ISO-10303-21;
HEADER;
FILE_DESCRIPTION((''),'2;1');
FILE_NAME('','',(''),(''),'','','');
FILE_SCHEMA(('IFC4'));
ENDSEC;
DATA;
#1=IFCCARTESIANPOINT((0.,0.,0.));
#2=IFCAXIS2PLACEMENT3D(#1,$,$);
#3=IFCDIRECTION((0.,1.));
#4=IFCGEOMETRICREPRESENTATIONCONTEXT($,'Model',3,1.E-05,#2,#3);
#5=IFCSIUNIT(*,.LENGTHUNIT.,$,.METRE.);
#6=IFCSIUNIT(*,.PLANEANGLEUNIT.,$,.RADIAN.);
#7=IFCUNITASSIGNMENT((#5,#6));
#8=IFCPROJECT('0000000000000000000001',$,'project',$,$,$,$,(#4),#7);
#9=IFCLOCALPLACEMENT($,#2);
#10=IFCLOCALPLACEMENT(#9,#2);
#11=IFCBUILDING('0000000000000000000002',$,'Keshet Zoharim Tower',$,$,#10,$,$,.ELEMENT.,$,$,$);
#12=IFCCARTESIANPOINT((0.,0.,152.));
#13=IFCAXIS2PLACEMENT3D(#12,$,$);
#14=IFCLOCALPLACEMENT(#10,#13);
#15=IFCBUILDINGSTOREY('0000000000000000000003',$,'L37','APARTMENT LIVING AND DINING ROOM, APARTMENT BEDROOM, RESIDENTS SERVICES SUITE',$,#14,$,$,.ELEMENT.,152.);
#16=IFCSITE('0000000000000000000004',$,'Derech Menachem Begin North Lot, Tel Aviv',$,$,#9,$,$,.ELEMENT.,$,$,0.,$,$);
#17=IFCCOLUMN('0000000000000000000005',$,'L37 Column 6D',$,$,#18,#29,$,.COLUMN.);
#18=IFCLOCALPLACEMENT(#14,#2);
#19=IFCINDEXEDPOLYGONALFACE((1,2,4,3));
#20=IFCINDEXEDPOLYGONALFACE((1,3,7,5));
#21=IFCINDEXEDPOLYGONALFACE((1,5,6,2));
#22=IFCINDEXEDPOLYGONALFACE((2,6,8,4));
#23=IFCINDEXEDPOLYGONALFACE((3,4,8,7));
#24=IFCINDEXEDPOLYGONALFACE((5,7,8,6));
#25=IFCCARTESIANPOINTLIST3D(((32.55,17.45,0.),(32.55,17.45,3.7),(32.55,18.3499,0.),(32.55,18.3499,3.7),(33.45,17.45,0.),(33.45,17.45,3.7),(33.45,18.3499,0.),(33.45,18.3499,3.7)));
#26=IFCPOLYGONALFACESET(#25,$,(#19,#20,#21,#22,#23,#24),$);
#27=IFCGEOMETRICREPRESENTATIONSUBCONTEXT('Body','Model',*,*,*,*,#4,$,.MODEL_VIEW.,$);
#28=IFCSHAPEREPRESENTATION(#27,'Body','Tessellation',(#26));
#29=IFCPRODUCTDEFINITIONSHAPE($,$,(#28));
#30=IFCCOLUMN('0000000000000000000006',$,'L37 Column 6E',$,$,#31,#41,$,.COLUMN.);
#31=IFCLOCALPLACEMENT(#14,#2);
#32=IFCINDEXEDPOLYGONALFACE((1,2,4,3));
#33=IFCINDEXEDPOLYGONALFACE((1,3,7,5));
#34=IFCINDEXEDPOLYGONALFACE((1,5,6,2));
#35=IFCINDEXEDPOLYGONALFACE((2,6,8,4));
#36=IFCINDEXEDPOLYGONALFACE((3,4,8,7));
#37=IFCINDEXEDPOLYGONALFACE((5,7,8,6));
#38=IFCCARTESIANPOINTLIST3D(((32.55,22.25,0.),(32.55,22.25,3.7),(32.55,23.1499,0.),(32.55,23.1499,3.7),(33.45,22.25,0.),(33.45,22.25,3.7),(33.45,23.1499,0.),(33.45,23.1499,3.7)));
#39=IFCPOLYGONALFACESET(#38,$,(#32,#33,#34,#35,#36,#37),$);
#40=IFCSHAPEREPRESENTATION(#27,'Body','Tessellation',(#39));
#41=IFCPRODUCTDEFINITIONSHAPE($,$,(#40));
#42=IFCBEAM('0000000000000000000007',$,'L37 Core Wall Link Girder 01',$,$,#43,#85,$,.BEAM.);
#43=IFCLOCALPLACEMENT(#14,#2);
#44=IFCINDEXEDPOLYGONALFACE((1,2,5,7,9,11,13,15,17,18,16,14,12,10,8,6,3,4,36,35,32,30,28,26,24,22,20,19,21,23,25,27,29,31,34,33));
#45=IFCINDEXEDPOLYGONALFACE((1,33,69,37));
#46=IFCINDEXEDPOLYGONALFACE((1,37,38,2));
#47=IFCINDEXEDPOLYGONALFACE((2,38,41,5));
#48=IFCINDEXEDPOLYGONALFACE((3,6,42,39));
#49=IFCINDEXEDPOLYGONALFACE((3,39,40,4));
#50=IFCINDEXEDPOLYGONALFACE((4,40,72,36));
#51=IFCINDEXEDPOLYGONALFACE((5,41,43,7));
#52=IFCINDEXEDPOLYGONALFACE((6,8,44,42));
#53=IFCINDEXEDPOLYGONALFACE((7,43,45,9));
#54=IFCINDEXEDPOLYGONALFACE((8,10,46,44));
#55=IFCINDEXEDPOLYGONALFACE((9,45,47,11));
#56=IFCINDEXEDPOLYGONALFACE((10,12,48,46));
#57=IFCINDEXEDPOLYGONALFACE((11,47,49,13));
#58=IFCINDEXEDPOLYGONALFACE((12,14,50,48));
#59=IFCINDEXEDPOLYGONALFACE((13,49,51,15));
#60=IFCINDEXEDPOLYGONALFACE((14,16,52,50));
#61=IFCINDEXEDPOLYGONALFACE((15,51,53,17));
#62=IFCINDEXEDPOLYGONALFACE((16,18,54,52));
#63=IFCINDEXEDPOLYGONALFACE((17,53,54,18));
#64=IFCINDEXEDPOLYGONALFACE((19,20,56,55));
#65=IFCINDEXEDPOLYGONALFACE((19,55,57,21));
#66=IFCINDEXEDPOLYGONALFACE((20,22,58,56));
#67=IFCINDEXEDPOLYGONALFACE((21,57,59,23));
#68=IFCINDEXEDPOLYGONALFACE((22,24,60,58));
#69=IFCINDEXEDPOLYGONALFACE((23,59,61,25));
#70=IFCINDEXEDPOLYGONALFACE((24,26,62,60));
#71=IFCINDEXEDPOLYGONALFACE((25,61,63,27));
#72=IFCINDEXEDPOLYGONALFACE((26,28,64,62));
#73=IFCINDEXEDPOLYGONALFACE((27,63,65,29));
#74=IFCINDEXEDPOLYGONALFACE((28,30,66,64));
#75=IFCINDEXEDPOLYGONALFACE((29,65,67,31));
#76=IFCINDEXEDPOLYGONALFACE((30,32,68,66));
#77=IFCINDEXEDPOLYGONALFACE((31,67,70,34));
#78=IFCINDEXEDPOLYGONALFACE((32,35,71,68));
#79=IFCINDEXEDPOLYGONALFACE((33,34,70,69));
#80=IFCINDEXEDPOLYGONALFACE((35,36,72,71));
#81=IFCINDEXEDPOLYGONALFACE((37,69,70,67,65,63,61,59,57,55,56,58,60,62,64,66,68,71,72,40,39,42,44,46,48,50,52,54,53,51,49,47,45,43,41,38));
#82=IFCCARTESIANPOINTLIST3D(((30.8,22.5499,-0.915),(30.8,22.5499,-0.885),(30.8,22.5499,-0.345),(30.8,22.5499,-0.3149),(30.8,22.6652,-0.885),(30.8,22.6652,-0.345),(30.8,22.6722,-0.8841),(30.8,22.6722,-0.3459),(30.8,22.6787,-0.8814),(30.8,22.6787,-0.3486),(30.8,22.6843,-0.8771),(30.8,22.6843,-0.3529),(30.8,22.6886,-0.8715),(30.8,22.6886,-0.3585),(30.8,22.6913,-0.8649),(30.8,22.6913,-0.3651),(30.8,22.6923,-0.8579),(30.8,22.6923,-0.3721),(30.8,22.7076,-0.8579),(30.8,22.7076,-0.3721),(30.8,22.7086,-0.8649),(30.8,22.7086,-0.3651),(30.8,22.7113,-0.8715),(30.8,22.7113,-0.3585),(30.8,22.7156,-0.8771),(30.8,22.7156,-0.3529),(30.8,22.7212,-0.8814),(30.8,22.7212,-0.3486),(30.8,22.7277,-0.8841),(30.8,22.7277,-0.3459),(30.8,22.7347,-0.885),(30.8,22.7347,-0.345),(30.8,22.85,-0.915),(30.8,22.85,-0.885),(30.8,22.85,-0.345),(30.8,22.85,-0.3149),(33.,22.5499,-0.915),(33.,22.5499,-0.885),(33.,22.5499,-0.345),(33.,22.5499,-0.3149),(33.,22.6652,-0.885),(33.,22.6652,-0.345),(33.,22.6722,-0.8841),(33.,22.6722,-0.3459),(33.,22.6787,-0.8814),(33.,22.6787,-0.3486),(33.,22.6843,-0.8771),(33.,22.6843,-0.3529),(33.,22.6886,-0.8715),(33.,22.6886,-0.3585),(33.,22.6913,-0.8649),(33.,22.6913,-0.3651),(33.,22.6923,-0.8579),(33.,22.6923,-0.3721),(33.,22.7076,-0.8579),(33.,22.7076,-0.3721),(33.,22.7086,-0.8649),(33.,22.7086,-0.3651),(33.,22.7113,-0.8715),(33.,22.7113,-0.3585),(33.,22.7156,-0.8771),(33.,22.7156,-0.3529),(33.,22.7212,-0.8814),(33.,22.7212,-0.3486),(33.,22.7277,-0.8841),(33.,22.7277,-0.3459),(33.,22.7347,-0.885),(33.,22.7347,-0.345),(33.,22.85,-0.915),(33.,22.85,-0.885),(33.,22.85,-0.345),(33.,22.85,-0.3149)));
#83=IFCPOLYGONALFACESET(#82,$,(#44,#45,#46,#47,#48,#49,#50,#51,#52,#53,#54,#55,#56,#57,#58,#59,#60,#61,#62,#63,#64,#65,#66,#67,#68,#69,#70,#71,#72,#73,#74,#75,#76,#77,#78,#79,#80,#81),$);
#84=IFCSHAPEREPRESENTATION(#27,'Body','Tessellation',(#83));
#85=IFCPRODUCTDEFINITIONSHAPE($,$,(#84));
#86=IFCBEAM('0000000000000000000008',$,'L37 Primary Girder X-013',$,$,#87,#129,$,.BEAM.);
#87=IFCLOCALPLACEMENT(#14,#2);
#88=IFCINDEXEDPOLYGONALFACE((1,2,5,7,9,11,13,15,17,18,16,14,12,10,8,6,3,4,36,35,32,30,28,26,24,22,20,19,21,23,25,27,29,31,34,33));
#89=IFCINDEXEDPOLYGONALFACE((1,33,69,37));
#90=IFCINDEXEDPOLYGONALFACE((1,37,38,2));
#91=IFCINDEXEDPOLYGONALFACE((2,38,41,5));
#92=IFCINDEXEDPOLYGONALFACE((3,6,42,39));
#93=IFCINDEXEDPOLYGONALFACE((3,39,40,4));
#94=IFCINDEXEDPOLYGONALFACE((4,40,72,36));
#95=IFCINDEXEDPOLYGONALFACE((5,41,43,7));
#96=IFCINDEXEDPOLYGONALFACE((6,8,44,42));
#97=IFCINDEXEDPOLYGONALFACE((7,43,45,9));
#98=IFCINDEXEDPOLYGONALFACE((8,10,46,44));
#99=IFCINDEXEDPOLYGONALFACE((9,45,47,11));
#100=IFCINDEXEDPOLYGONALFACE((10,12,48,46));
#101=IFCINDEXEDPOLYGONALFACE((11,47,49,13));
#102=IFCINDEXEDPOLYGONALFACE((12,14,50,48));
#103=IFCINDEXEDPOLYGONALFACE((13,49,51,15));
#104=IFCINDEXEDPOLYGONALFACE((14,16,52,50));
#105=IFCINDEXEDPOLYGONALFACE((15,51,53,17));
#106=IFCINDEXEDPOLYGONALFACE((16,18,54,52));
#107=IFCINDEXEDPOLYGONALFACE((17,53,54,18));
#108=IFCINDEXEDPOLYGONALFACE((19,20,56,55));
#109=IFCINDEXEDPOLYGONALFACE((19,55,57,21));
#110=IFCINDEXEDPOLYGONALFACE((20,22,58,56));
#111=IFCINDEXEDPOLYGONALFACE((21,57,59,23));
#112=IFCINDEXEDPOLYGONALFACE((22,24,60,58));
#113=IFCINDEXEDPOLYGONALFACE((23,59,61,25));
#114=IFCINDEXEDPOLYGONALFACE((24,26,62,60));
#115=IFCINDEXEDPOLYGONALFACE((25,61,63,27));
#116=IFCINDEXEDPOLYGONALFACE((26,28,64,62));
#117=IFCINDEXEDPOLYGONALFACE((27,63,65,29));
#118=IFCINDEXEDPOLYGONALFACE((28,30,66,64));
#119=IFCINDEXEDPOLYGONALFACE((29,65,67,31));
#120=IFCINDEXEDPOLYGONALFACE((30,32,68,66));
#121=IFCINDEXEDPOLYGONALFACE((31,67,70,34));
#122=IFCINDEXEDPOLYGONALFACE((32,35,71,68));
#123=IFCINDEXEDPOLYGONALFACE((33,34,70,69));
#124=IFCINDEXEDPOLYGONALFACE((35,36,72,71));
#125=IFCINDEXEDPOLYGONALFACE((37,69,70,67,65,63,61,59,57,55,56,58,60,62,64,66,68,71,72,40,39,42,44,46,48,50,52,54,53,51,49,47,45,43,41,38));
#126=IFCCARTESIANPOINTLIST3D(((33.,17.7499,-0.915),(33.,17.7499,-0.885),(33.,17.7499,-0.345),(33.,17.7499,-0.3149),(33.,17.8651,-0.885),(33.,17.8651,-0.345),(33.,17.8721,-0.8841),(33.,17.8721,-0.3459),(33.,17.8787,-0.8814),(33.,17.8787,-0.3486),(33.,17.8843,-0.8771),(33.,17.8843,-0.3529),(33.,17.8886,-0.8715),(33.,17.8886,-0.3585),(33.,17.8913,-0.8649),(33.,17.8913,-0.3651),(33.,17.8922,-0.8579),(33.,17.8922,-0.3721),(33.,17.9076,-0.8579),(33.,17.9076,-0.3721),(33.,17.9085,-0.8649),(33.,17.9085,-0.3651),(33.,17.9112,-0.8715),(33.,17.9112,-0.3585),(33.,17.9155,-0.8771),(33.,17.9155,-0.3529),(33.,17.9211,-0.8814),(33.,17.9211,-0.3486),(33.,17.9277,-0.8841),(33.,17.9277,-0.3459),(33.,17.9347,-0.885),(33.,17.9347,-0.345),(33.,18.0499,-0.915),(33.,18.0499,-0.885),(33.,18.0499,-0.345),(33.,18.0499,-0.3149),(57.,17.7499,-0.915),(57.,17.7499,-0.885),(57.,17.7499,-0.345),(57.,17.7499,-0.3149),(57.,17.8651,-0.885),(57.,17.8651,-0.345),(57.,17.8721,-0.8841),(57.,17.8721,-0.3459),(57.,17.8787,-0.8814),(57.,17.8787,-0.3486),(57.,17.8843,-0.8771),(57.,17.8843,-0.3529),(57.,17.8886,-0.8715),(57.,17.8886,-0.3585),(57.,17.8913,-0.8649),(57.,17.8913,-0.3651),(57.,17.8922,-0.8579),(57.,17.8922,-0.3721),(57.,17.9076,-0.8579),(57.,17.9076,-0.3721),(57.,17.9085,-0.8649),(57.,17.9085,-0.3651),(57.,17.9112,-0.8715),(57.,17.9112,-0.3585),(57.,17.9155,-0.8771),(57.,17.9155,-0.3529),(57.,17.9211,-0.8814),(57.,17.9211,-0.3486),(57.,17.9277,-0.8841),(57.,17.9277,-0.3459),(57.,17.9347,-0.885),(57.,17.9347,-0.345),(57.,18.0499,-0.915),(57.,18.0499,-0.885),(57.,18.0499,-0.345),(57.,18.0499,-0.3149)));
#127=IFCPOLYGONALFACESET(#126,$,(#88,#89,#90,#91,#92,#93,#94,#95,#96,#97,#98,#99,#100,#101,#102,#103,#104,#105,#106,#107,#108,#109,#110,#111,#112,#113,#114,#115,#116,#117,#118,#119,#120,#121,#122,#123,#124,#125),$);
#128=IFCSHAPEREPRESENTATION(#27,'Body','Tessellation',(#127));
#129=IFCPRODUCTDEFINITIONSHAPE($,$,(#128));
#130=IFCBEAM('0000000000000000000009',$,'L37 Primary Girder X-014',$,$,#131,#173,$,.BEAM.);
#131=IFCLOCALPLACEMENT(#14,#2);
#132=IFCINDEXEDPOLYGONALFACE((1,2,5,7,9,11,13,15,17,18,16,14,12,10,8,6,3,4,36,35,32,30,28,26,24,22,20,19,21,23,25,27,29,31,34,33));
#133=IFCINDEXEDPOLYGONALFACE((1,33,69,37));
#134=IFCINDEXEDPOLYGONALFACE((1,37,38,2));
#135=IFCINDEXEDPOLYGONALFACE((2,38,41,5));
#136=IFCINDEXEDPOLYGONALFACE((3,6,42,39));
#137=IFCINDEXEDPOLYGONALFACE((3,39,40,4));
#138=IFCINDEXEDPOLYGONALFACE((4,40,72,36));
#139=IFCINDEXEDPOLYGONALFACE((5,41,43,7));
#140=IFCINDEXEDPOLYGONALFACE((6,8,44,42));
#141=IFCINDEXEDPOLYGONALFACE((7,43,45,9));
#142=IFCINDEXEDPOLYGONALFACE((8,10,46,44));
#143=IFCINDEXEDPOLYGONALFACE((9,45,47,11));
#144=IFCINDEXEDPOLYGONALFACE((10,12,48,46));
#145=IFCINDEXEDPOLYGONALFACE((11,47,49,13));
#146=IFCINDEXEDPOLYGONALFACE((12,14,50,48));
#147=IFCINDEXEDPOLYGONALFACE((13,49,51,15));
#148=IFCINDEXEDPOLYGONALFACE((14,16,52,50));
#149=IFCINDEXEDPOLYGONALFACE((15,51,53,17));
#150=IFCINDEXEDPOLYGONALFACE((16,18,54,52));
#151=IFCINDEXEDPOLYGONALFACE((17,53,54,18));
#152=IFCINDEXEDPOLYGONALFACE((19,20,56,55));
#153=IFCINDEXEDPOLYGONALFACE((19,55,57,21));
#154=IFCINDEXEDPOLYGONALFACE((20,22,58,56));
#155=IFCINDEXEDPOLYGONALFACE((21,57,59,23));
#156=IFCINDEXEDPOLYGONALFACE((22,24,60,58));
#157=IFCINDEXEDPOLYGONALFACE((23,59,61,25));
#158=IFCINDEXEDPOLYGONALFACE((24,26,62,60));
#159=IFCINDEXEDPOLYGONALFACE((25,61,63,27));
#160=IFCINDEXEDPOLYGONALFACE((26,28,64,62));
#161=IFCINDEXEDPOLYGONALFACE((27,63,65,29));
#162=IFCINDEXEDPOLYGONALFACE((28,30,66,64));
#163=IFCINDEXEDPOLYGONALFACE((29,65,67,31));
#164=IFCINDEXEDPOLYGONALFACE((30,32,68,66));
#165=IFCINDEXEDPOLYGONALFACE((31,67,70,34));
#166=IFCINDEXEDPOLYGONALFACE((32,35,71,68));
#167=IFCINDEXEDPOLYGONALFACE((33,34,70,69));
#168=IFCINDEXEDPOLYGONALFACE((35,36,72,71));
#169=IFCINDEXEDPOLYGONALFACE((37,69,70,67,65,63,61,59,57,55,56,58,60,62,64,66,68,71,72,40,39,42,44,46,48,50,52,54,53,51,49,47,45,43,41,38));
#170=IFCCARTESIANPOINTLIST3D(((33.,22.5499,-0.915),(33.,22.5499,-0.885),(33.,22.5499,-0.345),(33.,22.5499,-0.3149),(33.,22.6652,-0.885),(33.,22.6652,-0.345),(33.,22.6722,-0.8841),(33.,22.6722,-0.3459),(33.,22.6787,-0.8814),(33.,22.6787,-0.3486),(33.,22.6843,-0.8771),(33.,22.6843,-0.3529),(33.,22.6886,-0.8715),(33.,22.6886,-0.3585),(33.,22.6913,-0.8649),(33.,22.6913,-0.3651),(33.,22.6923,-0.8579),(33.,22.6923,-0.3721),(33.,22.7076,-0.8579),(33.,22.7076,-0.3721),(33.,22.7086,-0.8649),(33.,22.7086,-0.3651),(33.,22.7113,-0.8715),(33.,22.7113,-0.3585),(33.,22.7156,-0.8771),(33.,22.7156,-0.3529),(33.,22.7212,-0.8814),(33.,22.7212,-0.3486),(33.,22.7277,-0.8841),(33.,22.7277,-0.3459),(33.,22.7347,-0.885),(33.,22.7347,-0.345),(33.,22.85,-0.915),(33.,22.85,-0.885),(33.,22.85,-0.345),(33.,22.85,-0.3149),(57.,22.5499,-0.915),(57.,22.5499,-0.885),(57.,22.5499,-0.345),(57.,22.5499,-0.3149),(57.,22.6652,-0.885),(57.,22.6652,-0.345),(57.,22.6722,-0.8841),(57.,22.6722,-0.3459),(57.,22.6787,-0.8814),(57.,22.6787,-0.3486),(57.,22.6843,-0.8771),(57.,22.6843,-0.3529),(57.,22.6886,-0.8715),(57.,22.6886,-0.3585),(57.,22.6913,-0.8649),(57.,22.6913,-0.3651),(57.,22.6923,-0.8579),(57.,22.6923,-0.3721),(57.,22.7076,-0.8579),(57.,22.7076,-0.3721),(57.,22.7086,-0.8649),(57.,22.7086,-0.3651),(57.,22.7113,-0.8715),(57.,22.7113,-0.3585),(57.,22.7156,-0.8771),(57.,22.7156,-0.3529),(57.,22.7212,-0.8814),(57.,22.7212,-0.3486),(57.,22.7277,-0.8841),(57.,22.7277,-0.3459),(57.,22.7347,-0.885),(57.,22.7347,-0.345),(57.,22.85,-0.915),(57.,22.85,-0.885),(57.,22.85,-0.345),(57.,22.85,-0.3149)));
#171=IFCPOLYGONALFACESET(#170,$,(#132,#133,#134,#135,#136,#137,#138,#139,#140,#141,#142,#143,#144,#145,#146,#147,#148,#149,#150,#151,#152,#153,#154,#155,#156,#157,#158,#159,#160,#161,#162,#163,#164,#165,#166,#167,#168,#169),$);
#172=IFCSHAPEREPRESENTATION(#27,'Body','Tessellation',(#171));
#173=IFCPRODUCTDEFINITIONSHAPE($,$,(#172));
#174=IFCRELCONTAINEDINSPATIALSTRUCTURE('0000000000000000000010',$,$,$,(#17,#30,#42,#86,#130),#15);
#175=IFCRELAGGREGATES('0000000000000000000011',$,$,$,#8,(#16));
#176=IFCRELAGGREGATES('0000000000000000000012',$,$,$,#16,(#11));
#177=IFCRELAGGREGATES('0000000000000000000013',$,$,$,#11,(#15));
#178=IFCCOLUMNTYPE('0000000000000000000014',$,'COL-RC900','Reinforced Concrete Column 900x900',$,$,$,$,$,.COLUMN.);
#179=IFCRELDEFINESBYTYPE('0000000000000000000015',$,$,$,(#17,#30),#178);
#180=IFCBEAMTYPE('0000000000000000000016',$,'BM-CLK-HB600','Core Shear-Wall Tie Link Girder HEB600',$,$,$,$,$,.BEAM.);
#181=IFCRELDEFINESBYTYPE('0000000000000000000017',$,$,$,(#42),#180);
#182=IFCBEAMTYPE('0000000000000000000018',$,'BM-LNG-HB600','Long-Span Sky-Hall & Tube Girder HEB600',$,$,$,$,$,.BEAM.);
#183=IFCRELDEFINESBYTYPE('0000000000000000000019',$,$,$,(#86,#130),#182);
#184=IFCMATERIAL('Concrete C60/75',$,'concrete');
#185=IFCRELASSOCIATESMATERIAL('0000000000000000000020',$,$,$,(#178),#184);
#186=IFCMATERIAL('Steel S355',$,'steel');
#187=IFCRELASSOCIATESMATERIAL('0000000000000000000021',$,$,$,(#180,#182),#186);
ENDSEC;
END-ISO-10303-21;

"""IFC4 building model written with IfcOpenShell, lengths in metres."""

from ifc_helpers import new_model, si_unit, direction, frame, origin, origin_2d, place, context, subcontext, project, spatial, rectangle, i_section, extrude, material, material_profile, profile_set, type_object, element, save


model = new_model("IFC4")

# Units and contexts
model_context = context("Model", 3, precision=1e-05, world=origin(), true_north=direction((0.0, 1.0)))
body_context = subcontext(model_context, "Body", "Model", "MODEL_VIEW")
ifc_project = project(units=[si_unit("LENGTHUNIT", "METRE"), si_unit("PLANEANGLEUNIT", "RADIAN")], contexts=[model_context])

# Site, building, storey
site_placement = place(None, origin())
site = spatial("IfcSite", under=ifc_project, at=site_placement, Name="Derech Menachem Begin North Lot, Tel Aviv", CompositionType="ELEMENT", RefElevation=0.0)
building_placement = place(site_placement, origin())
building = spatial("IfcBuilding", under=site, at=building_placement, Name="Keshet Zoharim Tower", CompositionType="ELEMENT")
storey_placement = place(building_placement, frame((0.0, 0.0, 152.0)))
storey = spatial("IfcBuildingStorey", under=building, at=storey_placement, Name="L37", Description="APARTMENT LIVING AND DINING ROOM, APARTMENT BEDROOM, RESIDENTS SERVICES SUITE", CompositionType="ELEMENT", Elevation=152.0)

# Columns
ifc_material_1 = material(Name="Concrete C60/75", Category="concrete")
ifc_material_profile_1 = material_profile(ifc_material_1, rectangle(XDim=0.8999, YDim=0.8999, at=origin_2d()), Name="RC900x900")
ifc_profile_set_1 = profile_set([ifc_material_profile_1], Name="Concrete C60/75")
column_type = type_object("IfcColumnType", Name="COL-RC900", Description="Reinforced Concrete Column 900x900", PredefinedType="COLUMN", material=ifc_profile_set_1)
for number, where, z_axis, x_axis, name in (
    (1, (33.0, 17.8999, 0.0), (0.0, 0.0, 1.0), (1.0, 0.0, 0.0), "L37 Column 6D"),
    (2, (33.0, 22.7, 0.0), (0.0, 0.0, 1.0), (1.0, 0.0, 0.0), "L37 Column 6E"),
):
    element("IfcColumn", number, at=place(storey_placement, frame(where, z_axis=z_axis, x_axis=x_axis)), inside=storey, type_object=column_type, Name=name, PredefinedType="COLUMN", context=body_context, shape_type="SweptSolid", body=[
        extrude(rectangle(XDim=0.8999, YDim=0.8999, at=origin_2d()), origin(), (0.0, 0.0, 1.0), 3.7),
    ])

# Beams
ifc_material_2 = material(Name="Steel S355", Category="steel")
ifc_material_profile_2 = material_profile(ifc_material_2, i_section(OverallWidth=0.3, OverallDepth=0.6001, WebThickness=0.0154, FlangeThickness=0.03, FilletRadius=0.0271, at=origin_2d()), Name="HEB600")
ifc_profile_set_2 = profile_set([ifc_material_profile_2], Name="Steel S355")
beam_type_1 = type_object("IfcBeamType", Name="BM-CLK-HB600", Description="Core Shear-Wall Tie Link Girder HEB600", PredefinedType="BEAM", material=ifc_profile_set_2)
beam_1_placement = place(storey_placement, frame((30.8, 22.7, -0.615), z_axis=(1.0, 0.0, 0.0), x_axis=(0.0, 1.0, 0.0)))
element("IfcBeam", 3, at=beam_1_placement, inside=storey, type_object=beam_type_1, Name="L37 Core Wall Link Girder 01", PredefinedType="BEAM", context=body_context, shape_type="SweptSolid", body=[
    extrude(i_section(OverallWidth=0.3, OverallDepth=0.6001, WebThickness=0.0154, FlangeThickness=0.03, FilletRadius=0.0271, at=origin_2d()), origin(), (0.0, 0.0, 1.0), 2.2),
])
ifc_material_profile_3 = material_profile(ifc_material_2, i_section(OverallWidth=0.3, OverallDepth=0.6001, WebThickness=0.0154, FlangeThickness=0.03, FilletRadius=0.0271, at=origin_2d()), Name="HEB600")
ifc_profile_set_3 = profile_set([ifc_material_profile_3], Name="Steel S355")
beam_type_2 = type_object("IfcBeamType", Name="BM-LNG-HB600", Description="Long-Span Sky-Hall & Tube Girder HEB600", PredefinedType="BEAM", material=ifc_profile_set_3)
for number, where, z_axis, x_axis, name in (
    (4, (33.0, 17.8999, -0.615), (1.0, 0.0, 0.0), (0.0, 1.0, 0.0), "L37 Primary Girder X-013"),
    (5, (33.0, 22.7, -0.615), (1.0, 0.0, 0.0), (0.0, 1.0, 0.0), "L37 Primary Girder X-014"),
):
    element("IfcBeam", number, at=place(storey_placement, frame(where, z_axis=z_axis, x_axis=x_axis)), inside=storey, type_object=beam_type_2, Name=name, PredefinedType="BEAM", context=body_context, shape_type="SweptSolid", body=[
        extrude(i_section(OverallWidth=0.3, OverallDepth=0.6001, WebThickness=0.0154, FlangeThickness=0.03, FilletRadius=0.0271, at=origin_2d()), origin(), (0.0, 0.0, 1.0), 24.0),
    ])

save(model, "model.ifc")
